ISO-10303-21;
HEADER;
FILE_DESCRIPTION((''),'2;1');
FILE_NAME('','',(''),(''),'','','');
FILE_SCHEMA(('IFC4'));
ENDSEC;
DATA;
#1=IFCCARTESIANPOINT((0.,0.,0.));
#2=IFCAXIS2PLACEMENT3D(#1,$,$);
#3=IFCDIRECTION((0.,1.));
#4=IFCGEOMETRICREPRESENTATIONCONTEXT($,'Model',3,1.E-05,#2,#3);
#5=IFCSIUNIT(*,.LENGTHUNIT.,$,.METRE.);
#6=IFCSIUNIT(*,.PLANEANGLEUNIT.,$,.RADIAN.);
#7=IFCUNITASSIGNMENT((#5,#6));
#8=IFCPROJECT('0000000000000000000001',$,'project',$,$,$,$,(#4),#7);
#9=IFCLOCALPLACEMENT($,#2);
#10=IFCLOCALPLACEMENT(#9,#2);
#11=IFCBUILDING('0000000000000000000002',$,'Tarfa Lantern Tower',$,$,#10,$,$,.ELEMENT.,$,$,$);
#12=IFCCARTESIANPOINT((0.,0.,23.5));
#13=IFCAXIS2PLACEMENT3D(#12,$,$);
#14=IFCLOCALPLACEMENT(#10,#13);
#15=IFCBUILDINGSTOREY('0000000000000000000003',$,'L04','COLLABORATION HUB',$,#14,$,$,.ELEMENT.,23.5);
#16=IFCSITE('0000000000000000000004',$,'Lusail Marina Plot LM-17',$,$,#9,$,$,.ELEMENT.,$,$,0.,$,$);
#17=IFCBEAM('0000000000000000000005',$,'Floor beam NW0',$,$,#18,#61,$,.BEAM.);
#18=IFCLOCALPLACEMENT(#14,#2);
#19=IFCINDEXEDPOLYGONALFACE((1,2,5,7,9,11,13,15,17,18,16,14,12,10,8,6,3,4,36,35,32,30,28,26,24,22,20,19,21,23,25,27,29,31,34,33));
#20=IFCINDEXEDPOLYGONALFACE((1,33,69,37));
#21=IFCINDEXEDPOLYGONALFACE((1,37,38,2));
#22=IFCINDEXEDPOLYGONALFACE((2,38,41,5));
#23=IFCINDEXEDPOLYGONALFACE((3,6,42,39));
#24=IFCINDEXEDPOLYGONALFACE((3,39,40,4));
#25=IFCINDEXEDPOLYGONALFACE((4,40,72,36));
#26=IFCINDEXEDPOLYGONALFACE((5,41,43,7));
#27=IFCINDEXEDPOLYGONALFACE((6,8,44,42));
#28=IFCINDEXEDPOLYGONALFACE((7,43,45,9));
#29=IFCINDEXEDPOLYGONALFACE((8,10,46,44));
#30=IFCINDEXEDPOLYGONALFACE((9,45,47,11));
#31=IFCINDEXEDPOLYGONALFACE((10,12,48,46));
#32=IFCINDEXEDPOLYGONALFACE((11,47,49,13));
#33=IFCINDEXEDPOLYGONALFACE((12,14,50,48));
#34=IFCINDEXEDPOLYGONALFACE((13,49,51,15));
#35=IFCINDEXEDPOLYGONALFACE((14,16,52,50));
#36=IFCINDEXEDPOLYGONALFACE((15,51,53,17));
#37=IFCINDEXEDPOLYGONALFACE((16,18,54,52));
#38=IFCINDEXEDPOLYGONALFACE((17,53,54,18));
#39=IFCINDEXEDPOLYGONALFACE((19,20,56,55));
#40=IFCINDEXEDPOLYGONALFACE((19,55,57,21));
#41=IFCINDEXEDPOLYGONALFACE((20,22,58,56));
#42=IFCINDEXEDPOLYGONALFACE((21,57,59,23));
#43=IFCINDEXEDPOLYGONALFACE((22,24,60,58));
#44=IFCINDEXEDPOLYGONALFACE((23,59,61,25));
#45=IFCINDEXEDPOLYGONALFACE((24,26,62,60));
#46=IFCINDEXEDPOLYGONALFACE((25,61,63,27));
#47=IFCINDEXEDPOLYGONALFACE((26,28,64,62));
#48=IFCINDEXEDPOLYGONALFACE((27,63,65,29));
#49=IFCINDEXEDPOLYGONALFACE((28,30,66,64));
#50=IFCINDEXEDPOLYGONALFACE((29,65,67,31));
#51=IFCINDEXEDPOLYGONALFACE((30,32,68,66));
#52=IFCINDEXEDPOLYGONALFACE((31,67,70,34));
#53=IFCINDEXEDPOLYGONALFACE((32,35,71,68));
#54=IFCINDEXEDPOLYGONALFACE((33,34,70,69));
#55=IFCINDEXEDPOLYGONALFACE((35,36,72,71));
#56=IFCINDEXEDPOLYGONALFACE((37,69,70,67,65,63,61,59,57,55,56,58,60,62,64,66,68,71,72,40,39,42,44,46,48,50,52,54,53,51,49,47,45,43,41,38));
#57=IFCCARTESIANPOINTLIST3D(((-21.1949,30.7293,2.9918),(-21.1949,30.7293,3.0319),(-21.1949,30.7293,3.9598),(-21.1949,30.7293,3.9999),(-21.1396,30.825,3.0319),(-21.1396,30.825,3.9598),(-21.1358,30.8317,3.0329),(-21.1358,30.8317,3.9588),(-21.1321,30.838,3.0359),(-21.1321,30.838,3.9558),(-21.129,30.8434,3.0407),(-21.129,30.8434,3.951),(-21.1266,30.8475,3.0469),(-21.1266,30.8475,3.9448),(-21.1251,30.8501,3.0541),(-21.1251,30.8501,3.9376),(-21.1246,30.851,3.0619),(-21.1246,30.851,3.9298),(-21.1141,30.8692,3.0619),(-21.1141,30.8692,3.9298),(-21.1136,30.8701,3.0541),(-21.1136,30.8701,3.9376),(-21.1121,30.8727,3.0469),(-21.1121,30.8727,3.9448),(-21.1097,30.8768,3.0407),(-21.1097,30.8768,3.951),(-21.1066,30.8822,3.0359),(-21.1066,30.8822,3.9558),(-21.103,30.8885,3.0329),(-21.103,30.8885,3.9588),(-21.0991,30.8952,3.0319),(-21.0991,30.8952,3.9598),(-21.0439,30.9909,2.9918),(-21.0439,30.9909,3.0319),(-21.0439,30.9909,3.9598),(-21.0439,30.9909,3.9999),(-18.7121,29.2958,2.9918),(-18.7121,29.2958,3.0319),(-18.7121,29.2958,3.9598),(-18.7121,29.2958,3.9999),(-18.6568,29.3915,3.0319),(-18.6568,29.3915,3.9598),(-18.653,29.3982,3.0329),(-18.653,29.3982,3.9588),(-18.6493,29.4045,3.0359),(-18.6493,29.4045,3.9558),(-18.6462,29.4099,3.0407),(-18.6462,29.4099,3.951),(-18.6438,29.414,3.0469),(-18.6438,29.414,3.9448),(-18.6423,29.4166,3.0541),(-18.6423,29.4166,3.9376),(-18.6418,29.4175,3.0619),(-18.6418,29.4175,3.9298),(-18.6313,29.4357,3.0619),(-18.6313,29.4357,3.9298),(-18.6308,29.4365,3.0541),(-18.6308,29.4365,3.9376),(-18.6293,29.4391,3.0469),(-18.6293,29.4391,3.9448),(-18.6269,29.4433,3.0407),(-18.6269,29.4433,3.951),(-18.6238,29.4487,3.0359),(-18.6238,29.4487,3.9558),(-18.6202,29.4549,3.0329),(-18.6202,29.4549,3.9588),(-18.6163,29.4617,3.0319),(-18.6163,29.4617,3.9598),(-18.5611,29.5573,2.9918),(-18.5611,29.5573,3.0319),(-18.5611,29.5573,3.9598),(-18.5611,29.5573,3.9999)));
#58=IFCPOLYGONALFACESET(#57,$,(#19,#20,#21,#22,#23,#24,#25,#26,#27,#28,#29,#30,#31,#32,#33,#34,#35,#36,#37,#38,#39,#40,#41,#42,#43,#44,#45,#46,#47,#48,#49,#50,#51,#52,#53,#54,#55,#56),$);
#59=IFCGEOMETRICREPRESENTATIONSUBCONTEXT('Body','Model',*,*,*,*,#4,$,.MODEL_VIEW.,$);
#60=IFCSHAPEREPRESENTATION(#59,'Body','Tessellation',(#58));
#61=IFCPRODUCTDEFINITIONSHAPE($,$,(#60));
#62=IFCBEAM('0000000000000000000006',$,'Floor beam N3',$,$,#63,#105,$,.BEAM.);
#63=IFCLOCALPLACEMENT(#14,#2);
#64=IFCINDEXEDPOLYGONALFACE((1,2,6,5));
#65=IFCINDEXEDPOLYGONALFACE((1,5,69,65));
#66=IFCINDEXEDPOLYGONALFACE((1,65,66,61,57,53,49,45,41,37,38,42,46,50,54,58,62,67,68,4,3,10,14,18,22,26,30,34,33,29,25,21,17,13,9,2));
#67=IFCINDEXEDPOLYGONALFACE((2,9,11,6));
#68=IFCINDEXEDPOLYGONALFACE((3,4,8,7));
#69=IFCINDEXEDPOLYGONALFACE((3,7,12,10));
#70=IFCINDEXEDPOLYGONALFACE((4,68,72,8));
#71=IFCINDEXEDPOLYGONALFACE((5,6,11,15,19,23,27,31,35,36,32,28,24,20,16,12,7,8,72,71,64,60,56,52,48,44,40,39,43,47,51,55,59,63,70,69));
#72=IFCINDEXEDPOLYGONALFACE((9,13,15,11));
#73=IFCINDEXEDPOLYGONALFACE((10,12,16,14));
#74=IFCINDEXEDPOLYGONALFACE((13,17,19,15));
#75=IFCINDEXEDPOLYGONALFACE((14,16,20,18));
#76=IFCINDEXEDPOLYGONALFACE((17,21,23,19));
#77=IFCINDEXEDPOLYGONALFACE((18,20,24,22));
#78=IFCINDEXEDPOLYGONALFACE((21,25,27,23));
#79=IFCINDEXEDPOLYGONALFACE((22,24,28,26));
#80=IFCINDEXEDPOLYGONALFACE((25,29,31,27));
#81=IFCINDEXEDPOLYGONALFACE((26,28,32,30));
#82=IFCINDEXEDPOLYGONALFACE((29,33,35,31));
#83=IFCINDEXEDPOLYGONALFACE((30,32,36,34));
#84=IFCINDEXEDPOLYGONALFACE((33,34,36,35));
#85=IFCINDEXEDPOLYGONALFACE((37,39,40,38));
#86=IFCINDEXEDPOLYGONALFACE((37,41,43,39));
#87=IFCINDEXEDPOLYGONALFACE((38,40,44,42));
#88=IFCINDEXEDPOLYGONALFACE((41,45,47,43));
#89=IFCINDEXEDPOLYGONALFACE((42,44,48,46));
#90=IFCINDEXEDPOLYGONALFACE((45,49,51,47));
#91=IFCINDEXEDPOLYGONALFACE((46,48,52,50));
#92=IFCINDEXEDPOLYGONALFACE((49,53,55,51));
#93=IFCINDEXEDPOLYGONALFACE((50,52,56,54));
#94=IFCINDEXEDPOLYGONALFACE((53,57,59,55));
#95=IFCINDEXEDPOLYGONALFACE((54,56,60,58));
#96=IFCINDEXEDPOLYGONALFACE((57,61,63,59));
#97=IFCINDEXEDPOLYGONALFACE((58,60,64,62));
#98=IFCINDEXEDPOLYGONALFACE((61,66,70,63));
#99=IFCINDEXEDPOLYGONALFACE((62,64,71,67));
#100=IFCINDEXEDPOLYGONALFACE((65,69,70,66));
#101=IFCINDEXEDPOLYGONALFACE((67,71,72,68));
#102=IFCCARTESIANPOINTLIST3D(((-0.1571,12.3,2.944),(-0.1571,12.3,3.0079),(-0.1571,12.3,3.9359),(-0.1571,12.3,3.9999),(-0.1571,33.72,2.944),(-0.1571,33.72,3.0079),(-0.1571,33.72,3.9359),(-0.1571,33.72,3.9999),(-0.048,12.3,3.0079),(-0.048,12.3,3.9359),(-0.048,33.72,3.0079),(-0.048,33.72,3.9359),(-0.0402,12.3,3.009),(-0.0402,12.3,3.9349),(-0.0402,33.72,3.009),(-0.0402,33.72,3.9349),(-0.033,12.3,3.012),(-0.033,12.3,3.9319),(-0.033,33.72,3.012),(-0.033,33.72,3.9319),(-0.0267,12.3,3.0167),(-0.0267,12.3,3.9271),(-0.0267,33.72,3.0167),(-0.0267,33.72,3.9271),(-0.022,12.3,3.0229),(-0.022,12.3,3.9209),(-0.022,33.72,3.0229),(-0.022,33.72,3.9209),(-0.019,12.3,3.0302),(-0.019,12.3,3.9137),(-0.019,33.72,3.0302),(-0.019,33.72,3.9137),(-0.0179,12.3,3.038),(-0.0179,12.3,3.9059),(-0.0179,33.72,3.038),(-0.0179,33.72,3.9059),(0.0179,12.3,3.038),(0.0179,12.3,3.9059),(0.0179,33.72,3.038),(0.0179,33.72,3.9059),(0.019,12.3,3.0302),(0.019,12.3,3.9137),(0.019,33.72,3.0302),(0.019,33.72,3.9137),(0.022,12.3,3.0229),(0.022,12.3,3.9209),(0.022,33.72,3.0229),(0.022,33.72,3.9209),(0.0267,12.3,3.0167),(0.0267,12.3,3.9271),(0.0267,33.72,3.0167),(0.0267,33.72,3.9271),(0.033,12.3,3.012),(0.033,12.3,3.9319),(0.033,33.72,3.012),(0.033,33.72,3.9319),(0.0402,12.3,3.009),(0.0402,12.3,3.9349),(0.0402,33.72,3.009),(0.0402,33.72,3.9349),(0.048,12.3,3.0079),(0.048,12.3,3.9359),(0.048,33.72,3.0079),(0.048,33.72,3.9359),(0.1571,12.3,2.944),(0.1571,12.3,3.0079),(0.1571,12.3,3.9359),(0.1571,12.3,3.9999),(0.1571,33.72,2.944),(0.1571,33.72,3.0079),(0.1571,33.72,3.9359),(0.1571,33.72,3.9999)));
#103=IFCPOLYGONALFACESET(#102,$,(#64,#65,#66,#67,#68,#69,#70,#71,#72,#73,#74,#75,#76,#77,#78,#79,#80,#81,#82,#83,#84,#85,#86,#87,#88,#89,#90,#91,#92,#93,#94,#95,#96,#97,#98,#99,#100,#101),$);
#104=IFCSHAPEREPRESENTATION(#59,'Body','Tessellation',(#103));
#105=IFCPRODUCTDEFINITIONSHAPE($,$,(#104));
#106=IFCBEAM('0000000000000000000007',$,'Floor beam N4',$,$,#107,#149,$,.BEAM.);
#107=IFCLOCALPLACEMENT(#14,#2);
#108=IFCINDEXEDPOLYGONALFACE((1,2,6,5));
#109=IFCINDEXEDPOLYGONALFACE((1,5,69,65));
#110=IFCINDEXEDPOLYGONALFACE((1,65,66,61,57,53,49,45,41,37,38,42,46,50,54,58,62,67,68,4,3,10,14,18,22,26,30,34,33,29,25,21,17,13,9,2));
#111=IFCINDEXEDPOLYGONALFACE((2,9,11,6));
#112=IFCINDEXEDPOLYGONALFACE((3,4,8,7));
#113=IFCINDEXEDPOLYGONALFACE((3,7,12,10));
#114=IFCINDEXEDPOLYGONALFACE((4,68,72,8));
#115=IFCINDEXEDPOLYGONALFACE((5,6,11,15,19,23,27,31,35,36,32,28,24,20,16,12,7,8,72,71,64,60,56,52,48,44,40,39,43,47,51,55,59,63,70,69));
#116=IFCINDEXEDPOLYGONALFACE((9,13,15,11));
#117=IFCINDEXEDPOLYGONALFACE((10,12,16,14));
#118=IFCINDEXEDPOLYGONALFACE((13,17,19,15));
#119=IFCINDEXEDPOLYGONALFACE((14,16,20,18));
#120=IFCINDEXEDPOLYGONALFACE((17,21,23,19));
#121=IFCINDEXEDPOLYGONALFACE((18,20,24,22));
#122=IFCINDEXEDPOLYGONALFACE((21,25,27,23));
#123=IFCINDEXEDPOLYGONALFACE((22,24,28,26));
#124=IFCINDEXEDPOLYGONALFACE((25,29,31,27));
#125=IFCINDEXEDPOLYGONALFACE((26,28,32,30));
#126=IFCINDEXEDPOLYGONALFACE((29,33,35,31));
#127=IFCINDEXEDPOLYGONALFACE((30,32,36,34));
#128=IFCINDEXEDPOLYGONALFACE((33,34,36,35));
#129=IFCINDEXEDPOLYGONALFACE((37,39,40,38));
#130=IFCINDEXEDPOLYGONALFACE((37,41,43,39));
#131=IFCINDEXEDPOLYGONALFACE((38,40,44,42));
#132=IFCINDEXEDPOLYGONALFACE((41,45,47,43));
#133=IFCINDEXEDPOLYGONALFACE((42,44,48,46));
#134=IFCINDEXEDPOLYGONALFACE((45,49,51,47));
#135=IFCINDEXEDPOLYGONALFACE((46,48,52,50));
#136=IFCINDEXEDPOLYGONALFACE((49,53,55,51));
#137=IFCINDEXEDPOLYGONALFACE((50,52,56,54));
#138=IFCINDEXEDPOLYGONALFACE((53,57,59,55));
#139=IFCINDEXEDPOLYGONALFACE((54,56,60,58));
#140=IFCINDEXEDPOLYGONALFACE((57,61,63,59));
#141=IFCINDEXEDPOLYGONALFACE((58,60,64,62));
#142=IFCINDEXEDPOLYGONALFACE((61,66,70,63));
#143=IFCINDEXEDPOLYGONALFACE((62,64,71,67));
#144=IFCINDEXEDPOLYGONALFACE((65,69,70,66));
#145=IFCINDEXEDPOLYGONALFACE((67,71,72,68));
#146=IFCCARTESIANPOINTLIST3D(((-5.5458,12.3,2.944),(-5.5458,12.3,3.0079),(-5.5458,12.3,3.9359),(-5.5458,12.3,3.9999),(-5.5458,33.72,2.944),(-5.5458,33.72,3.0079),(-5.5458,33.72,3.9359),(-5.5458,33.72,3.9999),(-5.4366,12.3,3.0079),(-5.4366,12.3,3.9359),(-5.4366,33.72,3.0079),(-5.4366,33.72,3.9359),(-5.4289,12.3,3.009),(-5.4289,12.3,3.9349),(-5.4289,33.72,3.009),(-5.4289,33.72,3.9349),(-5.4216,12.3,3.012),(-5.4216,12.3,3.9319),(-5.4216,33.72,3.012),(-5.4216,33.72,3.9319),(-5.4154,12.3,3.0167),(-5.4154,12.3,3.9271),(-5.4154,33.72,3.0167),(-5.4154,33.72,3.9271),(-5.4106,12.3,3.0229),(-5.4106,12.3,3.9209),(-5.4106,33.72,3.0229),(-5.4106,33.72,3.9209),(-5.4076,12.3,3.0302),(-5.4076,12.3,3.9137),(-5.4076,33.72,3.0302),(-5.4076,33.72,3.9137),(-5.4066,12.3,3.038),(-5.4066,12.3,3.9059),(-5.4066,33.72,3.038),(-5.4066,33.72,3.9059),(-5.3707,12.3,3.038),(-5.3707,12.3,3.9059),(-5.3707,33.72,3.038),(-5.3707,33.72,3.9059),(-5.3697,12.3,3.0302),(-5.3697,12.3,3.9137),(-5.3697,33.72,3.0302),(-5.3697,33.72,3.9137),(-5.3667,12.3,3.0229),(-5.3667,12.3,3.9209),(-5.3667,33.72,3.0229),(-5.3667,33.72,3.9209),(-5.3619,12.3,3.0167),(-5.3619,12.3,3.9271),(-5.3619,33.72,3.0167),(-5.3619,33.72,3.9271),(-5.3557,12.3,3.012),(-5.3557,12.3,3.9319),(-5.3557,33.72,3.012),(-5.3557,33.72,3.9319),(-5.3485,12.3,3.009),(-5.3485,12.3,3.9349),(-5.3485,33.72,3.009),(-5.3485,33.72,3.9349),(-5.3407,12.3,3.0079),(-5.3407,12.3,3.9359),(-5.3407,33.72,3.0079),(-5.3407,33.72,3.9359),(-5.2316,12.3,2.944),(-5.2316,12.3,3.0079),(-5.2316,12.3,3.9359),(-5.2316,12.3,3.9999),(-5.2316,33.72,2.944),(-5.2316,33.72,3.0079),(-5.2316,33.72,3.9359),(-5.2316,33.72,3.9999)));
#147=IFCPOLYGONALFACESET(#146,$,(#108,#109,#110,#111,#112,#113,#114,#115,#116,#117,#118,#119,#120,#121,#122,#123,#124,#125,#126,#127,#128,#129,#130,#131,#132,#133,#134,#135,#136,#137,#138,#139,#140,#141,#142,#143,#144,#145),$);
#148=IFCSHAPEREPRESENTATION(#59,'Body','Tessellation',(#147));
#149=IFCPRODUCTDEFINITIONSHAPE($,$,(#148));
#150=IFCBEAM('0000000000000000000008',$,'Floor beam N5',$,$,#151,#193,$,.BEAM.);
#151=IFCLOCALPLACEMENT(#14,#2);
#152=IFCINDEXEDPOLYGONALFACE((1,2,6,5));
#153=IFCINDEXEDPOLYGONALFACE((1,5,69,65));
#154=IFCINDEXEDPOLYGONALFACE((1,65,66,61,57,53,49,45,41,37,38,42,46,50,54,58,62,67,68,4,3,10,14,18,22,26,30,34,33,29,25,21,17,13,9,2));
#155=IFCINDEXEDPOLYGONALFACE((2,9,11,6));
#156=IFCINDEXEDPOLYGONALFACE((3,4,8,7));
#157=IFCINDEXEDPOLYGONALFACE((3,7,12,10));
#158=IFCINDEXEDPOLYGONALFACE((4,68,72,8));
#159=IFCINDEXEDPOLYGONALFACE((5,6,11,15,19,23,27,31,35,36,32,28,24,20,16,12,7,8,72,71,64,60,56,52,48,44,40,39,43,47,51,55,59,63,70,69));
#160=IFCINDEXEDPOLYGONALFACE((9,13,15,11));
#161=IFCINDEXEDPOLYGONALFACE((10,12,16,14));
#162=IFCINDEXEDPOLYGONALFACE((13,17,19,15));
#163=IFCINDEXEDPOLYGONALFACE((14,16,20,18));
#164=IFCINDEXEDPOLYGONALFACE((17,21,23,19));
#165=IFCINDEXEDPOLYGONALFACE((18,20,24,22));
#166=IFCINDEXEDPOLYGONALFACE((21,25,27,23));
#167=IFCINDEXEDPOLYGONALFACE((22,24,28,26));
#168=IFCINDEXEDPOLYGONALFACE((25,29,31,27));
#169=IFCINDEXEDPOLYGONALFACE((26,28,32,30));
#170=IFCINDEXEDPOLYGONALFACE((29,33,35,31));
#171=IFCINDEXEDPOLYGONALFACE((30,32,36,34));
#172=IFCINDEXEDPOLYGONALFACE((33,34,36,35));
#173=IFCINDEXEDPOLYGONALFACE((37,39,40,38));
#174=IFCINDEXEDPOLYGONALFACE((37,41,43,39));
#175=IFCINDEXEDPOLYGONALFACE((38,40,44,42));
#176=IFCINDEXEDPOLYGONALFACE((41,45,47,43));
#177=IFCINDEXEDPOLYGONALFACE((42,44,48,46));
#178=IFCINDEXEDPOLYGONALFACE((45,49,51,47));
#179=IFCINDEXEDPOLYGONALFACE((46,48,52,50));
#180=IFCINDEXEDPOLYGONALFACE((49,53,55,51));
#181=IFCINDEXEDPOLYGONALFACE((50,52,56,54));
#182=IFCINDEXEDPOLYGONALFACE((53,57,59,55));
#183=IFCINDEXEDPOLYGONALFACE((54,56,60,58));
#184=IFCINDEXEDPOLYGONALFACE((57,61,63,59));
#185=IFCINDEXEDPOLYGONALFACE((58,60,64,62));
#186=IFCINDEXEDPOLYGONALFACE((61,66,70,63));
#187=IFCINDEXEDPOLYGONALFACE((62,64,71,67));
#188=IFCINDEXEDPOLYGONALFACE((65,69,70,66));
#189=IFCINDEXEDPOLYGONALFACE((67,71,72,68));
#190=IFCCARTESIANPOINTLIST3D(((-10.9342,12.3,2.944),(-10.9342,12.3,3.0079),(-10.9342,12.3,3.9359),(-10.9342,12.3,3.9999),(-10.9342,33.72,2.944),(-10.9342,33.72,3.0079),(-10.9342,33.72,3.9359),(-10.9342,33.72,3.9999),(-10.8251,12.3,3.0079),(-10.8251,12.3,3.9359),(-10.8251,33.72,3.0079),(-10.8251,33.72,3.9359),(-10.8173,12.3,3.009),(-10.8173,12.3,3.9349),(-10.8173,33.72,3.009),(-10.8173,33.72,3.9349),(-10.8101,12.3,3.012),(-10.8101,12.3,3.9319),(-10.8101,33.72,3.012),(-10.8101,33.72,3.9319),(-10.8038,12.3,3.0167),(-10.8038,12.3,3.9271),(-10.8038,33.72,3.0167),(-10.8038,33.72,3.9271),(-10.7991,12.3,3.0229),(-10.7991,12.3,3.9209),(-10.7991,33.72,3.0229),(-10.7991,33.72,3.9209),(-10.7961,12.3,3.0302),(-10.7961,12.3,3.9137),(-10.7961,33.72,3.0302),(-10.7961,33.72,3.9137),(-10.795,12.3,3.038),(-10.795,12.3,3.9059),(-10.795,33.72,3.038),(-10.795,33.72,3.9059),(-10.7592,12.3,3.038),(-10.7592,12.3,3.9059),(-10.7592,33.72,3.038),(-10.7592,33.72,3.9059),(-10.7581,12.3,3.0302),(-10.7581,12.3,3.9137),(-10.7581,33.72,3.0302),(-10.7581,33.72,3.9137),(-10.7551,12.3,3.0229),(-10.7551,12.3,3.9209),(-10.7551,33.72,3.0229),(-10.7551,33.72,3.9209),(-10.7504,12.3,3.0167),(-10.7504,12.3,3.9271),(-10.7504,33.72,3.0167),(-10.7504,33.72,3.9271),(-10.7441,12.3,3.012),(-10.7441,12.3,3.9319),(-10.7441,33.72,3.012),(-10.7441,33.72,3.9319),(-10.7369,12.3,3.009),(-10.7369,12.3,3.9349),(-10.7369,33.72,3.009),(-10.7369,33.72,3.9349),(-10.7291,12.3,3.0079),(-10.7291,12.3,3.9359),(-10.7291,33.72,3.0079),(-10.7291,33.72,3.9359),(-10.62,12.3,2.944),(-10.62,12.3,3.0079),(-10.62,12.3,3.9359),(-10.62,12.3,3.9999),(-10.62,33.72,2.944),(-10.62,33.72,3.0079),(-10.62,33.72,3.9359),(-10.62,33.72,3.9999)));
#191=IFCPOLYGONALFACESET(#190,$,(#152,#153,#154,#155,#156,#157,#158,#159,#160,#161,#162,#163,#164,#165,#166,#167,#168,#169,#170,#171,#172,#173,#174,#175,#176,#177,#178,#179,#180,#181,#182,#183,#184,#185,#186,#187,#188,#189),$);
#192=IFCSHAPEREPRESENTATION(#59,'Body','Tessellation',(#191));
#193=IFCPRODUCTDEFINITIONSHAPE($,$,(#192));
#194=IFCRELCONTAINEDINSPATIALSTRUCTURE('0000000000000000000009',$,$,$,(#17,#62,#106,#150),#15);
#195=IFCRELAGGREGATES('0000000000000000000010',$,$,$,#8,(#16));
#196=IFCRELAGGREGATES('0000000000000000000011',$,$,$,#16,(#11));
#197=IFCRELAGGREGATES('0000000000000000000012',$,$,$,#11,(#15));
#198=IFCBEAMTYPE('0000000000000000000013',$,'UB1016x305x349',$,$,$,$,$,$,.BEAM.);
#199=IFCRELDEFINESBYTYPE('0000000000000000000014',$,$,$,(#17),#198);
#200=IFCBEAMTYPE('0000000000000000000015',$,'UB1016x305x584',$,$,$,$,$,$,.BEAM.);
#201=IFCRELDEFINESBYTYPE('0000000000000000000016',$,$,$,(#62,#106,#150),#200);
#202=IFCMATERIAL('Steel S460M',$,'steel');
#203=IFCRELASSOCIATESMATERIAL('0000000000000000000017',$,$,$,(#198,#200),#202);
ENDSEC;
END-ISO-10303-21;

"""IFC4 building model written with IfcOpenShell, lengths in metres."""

from ifc_helpers import new_model, si_unit, direction, frame, origin, origin_2d, place, context, subcontext, project, spatial, i_section, extrude, material, material_profile, profile_set, type_object, element, save


model = new_model("IFC4")

# Units and contexts
model_context = context("Model", 3, precision=1e-05, world=origin(), true_north=direction((0.0, 1.0)))
body_context = subcontext(model_context, "Body", "Model", "MODEL_VIEW")
ifc_project = project(units=[si_unit("LENGTHUNIT", "METRE"), si_unit("PLANEANGLEUNIT", "RADIAN")], contexts=[model_context])

# Site, building, storey
site_placement = place(None, origin())
site = spatial("IfcSite", under=ifc_project, at=site_placement, Name="Lusail Marina Plot LM-17", CompositionType="ELEMENT", RefElevation=0.0)
building_placement = place(site_placement, origin())
building = spatial("IfcBuilding", under=site, at=building_placement, Name="Tarfa Lantern Tower", CompositionType="ELEMENT")
storey_placement = place(building_placement, frame((0.0, 0.0, 23.5)))
storey = spatial("IfcBuildingStorey", under=building, at=storey_placement, Name="L04", Description="COLLABORATION HUB", CompositionType="ELEMENT", Elevation=23.5)

# Beams
ifc_material_1 = material(Name="Steel S460M", Category="steel")
ifc_material_profile_1 = material_profile(ifc_material_1, i_section(OverallWidth=0.302, OverallDepth=1.0081, WebThickness=0.021, FlangeThickness=0.04, FilletRadius=0.03, at=origin_2d()), Name="UB1016x305x349")
ifc_profile_set_1 = profile_set([ifc_material_profile_1], Name="Steel S460M")
beam_type_1 = type_object("IfcBeamType", Name="UB1016x305x349", PredefinedType="BEAM", material=ifc_profile_set_1)
beam_1_placement = place(storey_placement, frame((-21.1194, 30.8601, 3.4958), z_axis=(0.866013, -0.500022, 0.0), x_axis=(0.500022, 0.866013, 0.0)))
element("IfcBeam", 1, at=beam_1_placement, inside=storey, type_object=beam_type_1, Name="Floor beam NW0", PredefinedType="BEAM", context=body_context, shape_type="SweptSolid", body=[
    extrude(i_section(OverallWidth=0.302, OverallDepth=1.0081, WebThickness=0.021, FlangeThickness=0.04, FilletRadius=0.03, at=origin_2d()), origin(), (0.0, 0.0, 1.0), 2.8669),
])
ifc_material_profile_2 = material_profile(ifc_material_1, i_section(OverallWidth=0.3142, OverallDepth=1.0559, WebThickness=0.0359, FlangeThickness=0.064, FilletRadius=0.03, at=origin_2d()), Name="UB1016x305x584")
ifc_profile_set_2 = profile_set([ifc_material_profile_2], Name="Steel S460M")
beam_type_2 = type_object("IfcBeamType", Name="UB1016x305x584", PredefinedType="BEAM", material=ifc_profile_set_2)
for number, where, z_axis, x_axis, name in (
    (2, (0.0, 33.72, 3.4719), (0.0, -1.0, 0.0), (1.0, 0.0, 0.0), "Floor beam N3"),
    (3, (-5.3887, 33.72, 3.4719), (0.0, -1.0, 0.0), (1.0, 0.0, 0.0), "Floor beam N4"),
    (4, (-10.7771, 33.72, 3.4719), (0.0, -1.0, 0.0), (1.0, 0.0, 0.0), "Floor beam N5"),
):
    element("IfcBeam", number, at=place(storey_placement, frame(where, z_axis=z_axis, x_axis=x_axis)), inside=storey, type_object=beam_type_2, Name=name, PredefinedType="BEAM", context=body_context, shape_type="SweptSolid", body=[
        extrude(i_section(OverallWidth=0.3142, OverallDepth=1.0559, WebThickness=0.0359, FlangeThickness=0.064, FilletRadius=0.03, at=origin_2d()), origin(), (0.0, 0.0, 1.0), 21.4199),
    ])

save(model, "model.ifc")
